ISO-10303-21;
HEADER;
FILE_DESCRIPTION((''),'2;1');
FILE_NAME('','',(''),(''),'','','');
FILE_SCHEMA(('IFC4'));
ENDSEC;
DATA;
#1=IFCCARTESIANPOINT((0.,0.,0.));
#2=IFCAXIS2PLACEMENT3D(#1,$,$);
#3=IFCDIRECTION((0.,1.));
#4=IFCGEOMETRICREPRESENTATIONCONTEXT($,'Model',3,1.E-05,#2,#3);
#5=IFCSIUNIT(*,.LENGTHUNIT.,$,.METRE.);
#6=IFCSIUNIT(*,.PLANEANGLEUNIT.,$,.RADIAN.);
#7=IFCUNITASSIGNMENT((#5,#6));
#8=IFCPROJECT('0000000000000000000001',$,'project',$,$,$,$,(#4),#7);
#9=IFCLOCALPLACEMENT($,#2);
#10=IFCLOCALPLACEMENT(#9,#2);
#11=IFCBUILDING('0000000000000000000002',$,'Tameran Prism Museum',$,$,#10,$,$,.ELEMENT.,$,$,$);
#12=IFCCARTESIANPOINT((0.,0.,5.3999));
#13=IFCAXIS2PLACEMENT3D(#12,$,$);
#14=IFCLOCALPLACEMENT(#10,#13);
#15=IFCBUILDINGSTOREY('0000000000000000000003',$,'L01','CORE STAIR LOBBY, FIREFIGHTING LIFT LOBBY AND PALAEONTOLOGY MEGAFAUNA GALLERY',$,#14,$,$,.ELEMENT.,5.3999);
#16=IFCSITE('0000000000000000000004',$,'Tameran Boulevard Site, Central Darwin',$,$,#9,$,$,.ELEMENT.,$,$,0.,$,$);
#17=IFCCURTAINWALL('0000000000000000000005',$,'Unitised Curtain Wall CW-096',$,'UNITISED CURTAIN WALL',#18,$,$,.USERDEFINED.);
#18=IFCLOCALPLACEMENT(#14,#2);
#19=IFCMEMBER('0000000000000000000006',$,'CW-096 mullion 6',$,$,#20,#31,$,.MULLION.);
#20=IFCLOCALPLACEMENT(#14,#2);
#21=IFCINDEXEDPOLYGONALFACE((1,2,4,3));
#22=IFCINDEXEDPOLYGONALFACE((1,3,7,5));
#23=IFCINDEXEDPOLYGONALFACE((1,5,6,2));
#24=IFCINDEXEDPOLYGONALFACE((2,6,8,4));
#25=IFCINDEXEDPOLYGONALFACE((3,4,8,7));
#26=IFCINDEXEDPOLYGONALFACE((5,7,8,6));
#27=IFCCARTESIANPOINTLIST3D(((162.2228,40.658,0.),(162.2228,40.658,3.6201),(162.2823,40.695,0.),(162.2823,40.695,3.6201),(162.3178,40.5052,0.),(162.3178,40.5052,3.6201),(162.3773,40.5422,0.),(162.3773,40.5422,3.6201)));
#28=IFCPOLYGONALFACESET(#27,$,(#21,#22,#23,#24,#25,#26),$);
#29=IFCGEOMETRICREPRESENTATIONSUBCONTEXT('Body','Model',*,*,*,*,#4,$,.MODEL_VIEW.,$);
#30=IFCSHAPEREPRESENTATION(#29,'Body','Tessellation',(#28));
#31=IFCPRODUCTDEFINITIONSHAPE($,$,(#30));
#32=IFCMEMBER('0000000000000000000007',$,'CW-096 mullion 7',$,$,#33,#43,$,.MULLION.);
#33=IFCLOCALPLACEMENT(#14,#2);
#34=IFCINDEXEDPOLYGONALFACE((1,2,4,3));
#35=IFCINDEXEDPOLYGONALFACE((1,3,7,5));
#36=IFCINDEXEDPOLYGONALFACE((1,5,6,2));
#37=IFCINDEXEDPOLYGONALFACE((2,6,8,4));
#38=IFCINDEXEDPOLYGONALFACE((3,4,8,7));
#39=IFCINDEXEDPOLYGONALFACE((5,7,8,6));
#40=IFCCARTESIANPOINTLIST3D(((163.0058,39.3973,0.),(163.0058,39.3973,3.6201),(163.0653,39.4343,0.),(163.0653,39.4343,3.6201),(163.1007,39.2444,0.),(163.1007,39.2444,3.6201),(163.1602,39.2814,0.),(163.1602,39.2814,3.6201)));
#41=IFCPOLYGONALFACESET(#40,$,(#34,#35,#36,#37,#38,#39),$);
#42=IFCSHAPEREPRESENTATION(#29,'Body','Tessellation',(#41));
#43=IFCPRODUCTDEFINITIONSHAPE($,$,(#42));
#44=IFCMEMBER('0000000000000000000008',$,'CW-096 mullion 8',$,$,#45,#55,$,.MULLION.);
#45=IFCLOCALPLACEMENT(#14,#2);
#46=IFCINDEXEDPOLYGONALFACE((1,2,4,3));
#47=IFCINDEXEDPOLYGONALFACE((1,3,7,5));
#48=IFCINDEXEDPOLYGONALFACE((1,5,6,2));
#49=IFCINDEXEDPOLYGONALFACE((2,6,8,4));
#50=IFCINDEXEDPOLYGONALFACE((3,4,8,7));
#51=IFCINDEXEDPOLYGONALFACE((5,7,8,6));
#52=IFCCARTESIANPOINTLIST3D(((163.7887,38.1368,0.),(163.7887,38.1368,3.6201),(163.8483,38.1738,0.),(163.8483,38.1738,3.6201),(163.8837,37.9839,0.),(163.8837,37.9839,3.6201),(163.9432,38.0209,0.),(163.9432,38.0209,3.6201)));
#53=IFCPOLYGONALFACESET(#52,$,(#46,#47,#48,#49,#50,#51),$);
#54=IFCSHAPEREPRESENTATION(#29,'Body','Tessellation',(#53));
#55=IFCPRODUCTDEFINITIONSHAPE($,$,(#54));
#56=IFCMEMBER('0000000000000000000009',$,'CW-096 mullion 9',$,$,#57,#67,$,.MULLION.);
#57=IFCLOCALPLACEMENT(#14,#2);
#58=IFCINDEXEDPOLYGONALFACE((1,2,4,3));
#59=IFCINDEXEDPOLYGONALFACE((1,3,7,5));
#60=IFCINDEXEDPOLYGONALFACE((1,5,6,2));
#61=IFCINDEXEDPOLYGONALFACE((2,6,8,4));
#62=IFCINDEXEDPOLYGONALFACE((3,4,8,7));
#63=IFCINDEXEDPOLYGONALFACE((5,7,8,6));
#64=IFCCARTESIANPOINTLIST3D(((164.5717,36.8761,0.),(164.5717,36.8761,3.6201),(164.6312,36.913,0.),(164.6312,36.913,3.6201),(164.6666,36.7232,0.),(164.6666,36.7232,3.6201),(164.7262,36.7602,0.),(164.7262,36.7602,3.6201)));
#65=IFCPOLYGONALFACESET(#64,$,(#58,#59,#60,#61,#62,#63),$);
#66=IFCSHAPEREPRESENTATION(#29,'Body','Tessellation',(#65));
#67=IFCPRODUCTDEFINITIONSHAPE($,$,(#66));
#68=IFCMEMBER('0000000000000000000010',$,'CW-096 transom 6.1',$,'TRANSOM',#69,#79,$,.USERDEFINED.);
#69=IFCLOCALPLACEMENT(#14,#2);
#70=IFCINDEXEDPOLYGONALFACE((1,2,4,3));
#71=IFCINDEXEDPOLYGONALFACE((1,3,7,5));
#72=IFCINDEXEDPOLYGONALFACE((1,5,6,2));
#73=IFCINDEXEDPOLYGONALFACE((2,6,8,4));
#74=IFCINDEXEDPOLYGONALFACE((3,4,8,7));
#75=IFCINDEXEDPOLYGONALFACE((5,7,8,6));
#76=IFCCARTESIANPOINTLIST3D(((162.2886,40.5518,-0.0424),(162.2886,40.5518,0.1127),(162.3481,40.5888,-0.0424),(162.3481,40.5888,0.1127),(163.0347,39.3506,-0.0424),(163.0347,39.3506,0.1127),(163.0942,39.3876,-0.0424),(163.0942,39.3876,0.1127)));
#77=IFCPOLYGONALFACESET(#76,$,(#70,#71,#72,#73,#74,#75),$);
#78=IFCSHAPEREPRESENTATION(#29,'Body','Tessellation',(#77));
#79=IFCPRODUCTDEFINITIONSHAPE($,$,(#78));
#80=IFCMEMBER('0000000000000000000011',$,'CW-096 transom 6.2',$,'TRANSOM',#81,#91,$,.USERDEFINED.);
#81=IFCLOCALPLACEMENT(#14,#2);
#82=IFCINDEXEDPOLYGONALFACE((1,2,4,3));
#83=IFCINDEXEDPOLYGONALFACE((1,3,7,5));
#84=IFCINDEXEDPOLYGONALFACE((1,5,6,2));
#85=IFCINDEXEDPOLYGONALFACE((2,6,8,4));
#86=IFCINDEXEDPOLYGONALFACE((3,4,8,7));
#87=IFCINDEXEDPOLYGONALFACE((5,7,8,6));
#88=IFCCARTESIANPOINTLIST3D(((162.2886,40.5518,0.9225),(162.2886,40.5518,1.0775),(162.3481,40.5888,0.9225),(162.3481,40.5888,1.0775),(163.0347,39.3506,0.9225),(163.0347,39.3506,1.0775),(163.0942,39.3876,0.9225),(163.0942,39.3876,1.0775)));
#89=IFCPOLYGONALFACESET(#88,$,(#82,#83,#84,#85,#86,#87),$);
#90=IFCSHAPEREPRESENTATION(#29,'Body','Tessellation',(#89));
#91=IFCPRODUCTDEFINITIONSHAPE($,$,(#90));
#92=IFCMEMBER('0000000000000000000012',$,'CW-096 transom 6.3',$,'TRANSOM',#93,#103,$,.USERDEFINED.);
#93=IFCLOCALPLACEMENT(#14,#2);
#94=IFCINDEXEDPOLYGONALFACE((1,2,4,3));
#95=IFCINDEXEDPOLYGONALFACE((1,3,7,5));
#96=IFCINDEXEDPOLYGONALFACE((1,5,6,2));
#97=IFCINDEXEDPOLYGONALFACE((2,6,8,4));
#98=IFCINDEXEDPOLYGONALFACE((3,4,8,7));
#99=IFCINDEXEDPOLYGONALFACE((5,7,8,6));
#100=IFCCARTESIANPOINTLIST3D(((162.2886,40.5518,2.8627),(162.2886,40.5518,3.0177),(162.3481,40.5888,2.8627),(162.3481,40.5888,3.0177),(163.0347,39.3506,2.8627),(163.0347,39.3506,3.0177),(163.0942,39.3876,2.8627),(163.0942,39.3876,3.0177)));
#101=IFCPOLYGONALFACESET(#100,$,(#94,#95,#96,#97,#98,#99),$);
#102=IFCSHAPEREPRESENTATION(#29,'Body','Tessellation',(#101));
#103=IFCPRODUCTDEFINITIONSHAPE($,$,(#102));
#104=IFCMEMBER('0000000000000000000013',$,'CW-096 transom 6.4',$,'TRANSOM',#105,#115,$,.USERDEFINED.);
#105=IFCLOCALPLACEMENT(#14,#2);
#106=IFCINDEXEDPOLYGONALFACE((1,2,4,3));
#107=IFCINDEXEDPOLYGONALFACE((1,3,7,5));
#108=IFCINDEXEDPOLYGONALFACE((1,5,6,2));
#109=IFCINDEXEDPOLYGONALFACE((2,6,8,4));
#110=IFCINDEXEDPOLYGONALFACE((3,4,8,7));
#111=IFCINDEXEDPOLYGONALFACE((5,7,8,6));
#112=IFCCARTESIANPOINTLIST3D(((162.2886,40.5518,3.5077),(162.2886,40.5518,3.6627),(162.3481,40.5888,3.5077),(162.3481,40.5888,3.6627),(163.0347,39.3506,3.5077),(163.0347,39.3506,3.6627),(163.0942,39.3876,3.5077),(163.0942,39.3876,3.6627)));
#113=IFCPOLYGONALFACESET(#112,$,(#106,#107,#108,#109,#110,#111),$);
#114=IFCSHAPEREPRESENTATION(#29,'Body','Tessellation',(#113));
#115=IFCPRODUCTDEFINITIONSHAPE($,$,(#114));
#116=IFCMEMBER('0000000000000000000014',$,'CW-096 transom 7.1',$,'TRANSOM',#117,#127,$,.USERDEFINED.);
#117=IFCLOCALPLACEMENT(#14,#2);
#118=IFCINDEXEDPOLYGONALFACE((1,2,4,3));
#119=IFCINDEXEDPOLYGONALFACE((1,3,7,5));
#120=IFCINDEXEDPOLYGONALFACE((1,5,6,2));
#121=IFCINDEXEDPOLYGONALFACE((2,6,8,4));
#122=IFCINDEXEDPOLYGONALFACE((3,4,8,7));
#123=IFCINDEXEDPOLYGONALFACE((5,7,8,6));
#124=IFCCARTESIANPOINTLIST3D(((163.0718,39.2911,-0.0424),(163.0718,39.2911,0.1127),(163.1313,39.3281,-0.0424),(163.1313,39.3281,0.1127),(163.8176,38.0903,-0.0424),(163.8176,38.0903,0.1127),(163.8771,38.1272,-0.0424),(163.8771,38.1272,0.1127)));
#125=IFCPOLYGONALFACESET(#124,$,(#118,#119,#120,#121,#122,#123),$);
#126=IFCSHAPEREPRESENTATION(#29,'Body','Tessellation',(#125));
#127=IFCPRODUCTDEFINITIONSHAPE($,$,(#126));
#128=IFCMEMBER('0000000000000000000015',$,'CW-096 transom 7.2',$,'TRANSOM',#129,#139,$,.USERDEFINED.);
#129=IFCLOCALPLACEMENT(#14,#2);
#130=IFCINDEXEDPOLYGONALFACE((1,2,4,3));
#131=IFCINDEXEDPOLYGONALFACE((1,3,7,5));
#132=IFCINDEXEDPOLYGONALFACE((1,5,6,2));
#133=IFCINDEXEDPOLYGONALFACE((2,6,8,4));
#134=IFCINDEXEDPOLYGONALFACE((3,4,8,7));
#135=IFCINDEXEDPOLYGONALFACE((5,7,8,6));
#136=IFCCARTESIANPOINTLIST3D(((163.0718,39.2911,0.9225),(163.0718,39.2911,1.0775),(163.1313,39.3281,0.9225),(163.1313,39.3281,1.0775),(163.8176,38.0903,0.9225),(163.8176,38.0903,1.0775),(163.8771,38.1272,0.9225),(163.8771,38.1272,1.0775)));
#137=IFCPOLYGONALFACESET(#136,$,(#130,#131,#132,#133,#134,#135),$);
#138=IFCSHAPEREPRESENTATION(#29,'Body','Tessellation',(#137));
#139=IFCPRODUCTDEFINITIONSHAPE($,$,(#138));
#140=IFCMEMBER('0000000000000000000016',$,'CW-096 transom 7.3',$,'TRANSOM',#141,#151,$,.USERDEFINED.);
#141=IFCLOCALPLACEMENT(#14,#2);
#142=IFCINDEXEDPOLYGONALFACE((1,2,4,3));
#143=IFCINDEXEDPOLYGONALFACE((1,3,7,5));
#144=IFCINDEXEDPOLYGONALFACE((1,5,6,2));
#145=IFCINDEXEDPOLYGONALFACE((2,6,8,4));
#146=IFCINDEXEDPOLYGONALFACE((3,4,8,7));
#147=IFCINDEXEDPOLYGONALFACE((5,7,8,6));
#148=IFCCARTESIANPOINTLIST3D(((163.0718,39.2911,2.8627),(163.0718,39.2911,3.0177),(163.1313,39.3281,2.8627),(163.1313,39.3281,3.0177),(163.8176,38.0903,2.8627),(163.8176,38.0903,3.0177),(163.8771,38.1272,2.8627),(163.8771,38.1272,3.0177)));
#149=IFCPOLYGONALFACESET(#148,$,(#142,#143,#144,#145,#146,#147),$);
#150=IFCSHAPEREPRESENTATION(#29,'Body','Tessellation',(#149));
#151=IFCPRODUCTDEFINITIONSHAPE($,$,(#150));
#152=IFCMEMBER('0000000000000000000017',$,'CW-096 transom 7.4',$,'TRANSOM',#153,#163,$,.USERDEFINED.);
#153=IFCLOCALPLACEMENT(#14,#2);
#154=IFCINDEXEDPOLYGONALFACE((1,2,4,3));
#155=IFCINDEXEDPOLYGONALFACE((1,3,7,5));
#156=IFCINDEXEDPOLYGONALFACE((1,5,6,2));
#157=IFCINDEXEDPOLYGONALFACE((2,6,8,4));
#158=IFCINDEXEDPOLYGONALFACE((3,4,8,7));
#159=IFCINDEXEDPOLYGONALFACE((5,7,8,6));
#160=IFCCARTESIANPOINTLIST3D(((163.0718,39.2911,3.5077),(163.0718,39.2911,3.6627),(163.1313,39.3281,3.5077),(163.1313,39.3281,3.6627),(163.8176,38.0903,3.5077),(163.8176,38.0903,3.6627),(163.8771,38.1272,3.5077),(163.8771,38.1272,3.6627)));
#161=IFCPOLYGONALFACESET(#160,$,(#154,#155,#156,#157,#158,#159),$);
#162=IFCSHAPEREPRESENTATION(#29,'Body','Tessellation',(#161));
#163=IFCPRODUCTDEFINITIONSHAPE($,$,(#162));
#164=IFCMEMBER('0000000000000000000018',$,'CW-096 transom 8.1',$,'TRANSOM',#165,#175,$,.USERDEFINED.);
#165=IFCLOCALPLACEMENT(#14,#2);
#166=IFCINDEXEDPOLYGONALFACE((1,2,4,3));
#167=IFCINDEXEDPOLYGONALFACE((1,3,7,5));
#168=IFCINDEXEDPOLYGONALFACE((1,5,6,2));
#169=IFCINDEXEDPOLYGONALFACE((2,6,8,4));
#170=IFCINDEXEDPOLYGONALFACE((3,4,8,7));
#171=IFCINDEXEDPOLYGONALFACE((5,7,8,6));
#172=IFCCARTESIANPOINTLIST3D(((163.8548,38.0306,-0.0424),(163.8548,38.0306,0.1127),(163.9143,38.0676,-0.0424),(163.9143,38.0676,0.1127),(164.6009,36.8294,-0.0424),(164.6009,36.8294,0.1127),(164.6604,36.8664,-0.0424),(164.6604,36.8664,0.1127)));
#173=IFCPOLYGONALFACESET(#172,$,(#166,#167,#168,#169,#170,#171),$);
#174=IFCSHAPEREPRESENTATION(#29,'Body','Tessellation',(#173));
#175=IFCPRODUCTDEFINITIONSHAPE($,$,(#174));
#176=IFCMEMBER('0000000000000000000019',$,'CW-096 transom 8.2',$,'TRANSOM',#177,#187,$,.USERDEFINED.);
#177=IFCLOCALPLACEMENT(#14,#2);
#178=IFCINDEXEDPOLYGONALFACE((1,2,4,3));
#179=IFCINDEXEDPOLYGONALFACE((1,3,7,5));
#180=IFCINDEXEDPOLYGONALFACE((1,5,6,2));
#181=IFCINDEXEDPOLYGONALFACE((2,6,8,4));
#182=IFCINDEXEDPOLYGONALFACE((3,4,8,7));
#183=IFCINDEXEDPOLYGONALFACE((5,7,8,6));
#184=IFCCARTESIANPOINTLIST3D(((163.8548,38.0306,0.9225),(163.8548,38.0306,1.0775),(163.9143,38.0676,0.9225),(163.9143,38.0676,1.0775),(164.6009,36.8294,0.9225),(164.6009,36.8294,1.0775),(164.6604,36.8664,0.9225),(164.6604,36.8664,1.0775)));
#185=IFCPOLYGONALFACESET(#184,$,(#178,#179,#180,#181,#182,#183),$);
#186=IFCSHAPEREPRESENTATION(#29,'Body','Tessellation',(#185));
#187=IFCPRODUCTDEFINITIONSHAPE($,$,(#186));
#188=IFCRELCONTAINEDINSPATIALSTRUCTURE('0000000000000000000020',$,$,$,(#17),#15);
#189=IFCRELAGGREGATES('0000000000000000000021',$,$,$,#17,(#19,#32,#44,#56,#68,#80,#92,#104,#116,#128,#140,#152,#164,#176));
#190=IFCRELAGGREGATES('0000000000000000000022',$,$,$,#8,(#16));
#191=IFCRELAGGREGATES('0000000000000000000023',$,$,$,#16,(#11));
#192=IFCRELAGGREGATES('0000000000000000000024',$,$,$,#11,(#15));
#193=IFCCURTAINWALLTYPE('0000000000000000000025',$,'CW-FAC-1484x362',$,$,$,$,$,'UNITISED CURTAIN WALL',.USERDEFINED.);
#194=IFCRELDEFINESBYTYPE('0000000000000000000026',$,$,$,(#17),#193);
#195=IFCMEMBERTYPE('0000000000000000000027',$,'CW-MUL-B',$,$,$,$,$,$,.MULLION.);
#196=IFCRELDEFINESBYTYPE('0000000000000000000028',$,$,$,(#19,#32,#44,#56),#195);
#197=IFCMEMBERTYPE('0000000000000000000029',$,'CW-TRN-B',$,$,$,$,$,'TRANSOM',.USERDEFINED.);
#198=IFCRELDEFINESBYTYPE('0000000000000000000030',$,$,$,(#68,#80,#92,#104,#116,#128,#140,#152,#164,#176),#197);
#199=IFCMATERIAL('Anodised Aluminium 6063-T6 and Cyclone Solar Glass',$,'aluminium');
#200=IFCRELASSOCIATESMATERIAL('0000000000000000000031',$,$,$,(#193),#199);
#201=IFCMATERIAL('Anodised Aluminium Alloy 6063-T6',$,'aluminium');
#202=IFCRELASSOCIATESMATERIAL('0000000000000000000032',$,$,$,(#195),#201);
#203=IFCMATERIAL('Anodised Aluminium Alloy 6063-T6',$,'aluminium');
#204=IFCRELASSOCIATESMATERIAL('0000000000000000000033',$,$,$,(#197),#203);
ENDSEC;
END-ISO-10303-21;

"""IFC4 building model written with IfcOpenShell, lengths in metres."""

from ifc_helpers import new_model, si_unit, direction, frame, origin, origin_2d, place, context, subcontext, project, spatial, rectangle, extrude, material, material_profile, profile_set, type_object, element, aggregate, save


model = new_model("IFC4")

# Units and contexts
model_context = context("Model", 3, precision=1e-05, world=origin(), true_north=direction((0.0, 1.0)))
body_context = subcontext(model_context, "Body", "Model", "MODEL_VIEW")
ifc_project = project(units=[si_unit("LENGTHUNIT", "METRE"), si_unit("PLANEANGLEUNIT", "RADIAN")], contexts=[model_context])

# Site, building, storey
site_placement = place(None, origin())
site = spatial("IfcSite", under=ifc_project, at=site_placement, Name="Tameran Boulevard Site, Central Darwin", CompositionType="ELEMENT", RefElevation=0.0)
building_placement = place(site_placement, origin())
building = spatial("IfcBuilding", under=site, at=building_placement, Name="Tameran Prism Museum", CompositionType="ELEMENT")
storey_placement = place(building_placement, frame((0.0, 0.0, 5.3999)))
storey = spatial("IfcBuildingStorey", under=building, at=storey_placement, Name="L01", Description="CORE STAIR LOBBY, FIREFIGHTING LIFT LOBBY AND PALAEONTOLOGY MEGAFAUNA GALLERY", CompositionType="ELEMENT", Elevation=5.3999)

# Curtain wall, members
ifc_material_1 = material(Name="Anodised Aluminium 6063-T6 and Cyclone Solar Glass", Category="aluminium")
curtain_wall_type = type_object("IfcCurtainWallType", Name="CW-FAC-1484x362", ElementType="UNITISED CURTAIN WALL", PredefinedType="USERDEFINED", material=ifc_material_1)
curtain_wall_placement = place(storey_placement, origin())
curtain_wall = element("IfcCurtainWall", 1, at=curtain_wall_placement, inside=storey, type_object=curtain_wall_type, Name="Unitised Curtain Wall CW-096", ObjectType="UNITISED CURTAIN WALL", PredefinedType="USERDEFINED")
ifc_material_2 = material(Name="Anodised Aluminium Alloy 6063-T6", Category="aluminium")
ifc_material_profile_1 = material_profile(ifc_material_2, rectangle(XDim=0.0701, YDim=0.1799, at=origin_2d()))
ifc_profile_set_1 = profile_set([ifc_material_profile_1])
member_type_1 = type_object("IfcMemberType", Name="CW-MUL-B", PredefinedType="MULLION", material=ifc_profile_set_1)
member_1_placement = place(storey_placement, frame((162.3, 40.6001, 0.0), z_axis=(0.0, 0.0, 1.0), x_axis=(0.849471, 0.527635, 0.0)))
member_1 = element("IfcMember", 2, at=member_1_placement, type_object=member_type_1, Name="CW-096 mullion 6", PredefinedType="MULLION", context=body_context, shape_type="SweptSolid", body=[
    extrude(rectangle(XDim=0.0701, YDim=0.1799, at=origin_2d()), origin(), (0.0, 0.0, 1.0), 3.6201),
])
member_2_placement = place(storey_placement, frame((163.083, 39.3394, 0.0), z_axis=(0.0, 0.0, 1.0), x_axis=(0.849471, 0.527635, 0.0)))
member_2 = element("IfcMember", 3, at=member_2_placement, type_object=member_type_1, Name="CW-096 mullion 7", PredefinedType="MULLION", context=body_context, shape_type="SweptSolid", body=[
    extrude(rectangle(XDim=0.0701, YDim=0.1799, at=origin_2d()), origin(), (0.0, 0.0, 1.0), 3.6201),
])
member_3_placement = place(storey_placement, frame((163.866, 38.0789, 0.0), z_axis=(0.0, 0.0, 1.0), x_axis=(0.849471, 0.527635, 0.0)))
member_3 = element("IfcMember", 4, at=member_3_placement, type_object=member_type_1, Name="CW-096 mullion 8", PredefinedType="MULLION", context=body_context, shape_type="SweptSolid", body=[
    extrude(rectangle(XDim=0.0701, YDim=0.1799, at=origin_2d()), origin(), (0.0, 0.0, 1.0), 3.6201),
])
member_4_placement = place(storey_placement, frame((164.6489, 36.8181, 0.0), z_axis=(0.0, 0.0, 1.0), x_axis=(0.849471, 0.527635, 0.0)))
member_4 = element("IfcMember", 5, at=member_4_placement, type_object=member_type_1, Name="CW-096 mullion 9", PredefinedType="MULLION", context=body_context, shape_type="SweptSolid", body=[
    extrude(rectangle(XDim=0.0701, YDim=0.1799, at=origin_2d()), origin(), (0.0, 0.0, 1.0), 3.6201),
])
ifc_material_3 = material(Name="Anodised Aluminium Alloy 6063-T6", Category="aluminium")
ifc_material_profile_2 = material_profile(ifc_material_3, rectangle(XDim=0.0701, YDim=0.155, at=origin_2d()))
ifc_profile_set_2 = profile_set([ifc_material_profile_2])
member_type_2 = type_object("IfcMemberType", Name="CW-TRN-B", ElementType="TRANSOM", PredefinedType="USERDEFINED", material=ifc_profile_set_2)
member_5_placement = place(storey_placement, frame((162.3184, 40.5703, 0.0352), z_axis=(0.527638, -0.849469, 0.0), x_axis=(0.849469, 0.527638, 0.0)))
member_5 = element("IfcMember", 6, at=member_5_placement, type_object=member_type_2, Name="CW-096 transom 6.1", ObjectType="TRANSOM", PredefinedType="USERDEFINED", context=body_context, shape_type="SweptSolid", body=[
    extrude(rectangle(XDim=0.0701, YDim=0.155, at=origin_2d()), origin(), (0.0, 0.0, 1.0), 1.4141),
])
member_6_placement = place(storey_placement, frame((162.3184, 40.5703, 1.0), z_axis=(0.527638, -0.849469, 0.0), x_axis=(0.849469, 0.527638, 0.0)))
member_6 = element("IfcMember", 7, at=member_6_placement, type_object=member_type_2, Name="CW-096 transom 6.2", ObjectType="TRANSOM", PredefinedType="USERDEFINED", context=body_context, shape_type="SweptSolid", body=[
    extrude(rectangle(XDim=0.0701, YDim=0.155, at=origin_2d()), origin(), (0.0, 0.0, 1.0), 1.4141),
])
member_7_placement = place(storey_placement, frame((162.3184, 40.5703, 2.9402), z_axis=(0.527638, -0.849469, 0.0), x_axis=(0.849469, 0.527638, 0.0)))
member_7 = element("IfcMember", 8, at=member_7_placement, type_object=member_type_2, Name="CW-096 transom 6.3", ObjectType="TRANSOM", PredefinedType="USERDEFINED", context=body_context, shape_type="SweptSolid", body=[
    extrude(rectangle(XDim=0.0701, YDim=0.155, at=origin_2d()), origin(), (0.0, 0.0, 1.0), 1.4141),
])
member_8_placement = place(storey_placement, frame((162.3184, 40.5703, 3.5852), z_axis=(0.527638, -0.849469, 0.0), x_axis=(0.849469, 0.527638, 0.0)))
member_8 = element("IfcMember", 9, at=member_8_placement, type_object=member_type_2, Name="CW-096 transom 6.4", ObjectType="TRANSOM", PredefinedType="USERDEFINED", context=body_context, shape_type="SweptSolid", body=[
    extrude(rectangle(XDim=0.0701, YDim=0.155, at=origin_2d()), origin(), (0.0, 0.0, 1.0), 1.4141),
])
member_9_placement = place(storey_placement, frame((163.1016, 39.3096, 0.0352), z_axis=(0.527591, -0.849499, 0.0), x_axis=(0.849499, 0.527591, 0.0)))
member_9 = element("IfcMember", 10, at=member_9_placement, type_object=member_type_2, Name="CW-096 transom 7.1", ObjectType="TRANSOM", PredefinedType="USERDEFINED", context=body_context, shape_type="SweptSolid", body=[
    extrude(rectangle(XDim=0.0701, YDim=0.155, at=origin_2d()), origin(), (0.0, 0.0, 1.0), 1.4136),
])
member_10_placement = place(storey_placement, frame((163.1016, 39.3096, 1.0), z_axis=(0.527591, -0.849499, 0.0), x_axis=(0.849499, 0.527591, 0.0)))
member_10 = element("IfcMember", 11, at=member_10_placement, type_object=member_type_2, Name="CW-096 transom 7.2", ObjectType="TRANSOM", PredefinedType="USERDEFINED", context=body_context, shape_type="SweptSolid", body=[
    extrude(rectangle(XDim=0.0701, YDim=0.155, at=origin_2d()), origin(), (0.0, 0.0, 1.0), 1.4136),
])
member_11_placement = place(storey_placement, frame((163.1016, 39.3096, 2.9402), z_axis=(0.527591, -0.849499, 0.0), x_axis=(0.849499, 0.527591, 0.0)))
member_11 = element("IfcMember", 12, at=member_11_placement, type_object=member_type_2, Name="CW-096 transom 7.3", ObjectType="TRANSOM", PredefinedType="USERDEFINED", context=body_context, shape_type="SweptSolid", body=[
    extrude(rectangle(XDim=0.0701, YDim=0.155, at=origin_2d()), origin(), (0.0, 0.0, 1.0), 1.4136),
])
member_12_placement = place(storey_placement, frame((163.1016, 39.3096, 3.5852), z_axis=(0.527591, -0.849499, 0.0), x_axis=(0.849499, 0.527591, 0.0)))
member_12 = element("IfcMember", 13, at=member_12_placement, type_object=member_type_2, Name="CW-096 transom 7.4", ObjectType="TRANSOM", PredefinedType="USERDEFINED", context=body_context, shape_type="SweptSolid", body=[
    extrude(rectangle(XDim=0.0701, YDim=0.155, at=origin_2d()), origin(), (0.0, 0.0, 1.0), 1.4136),
])
member_13_placement = place(storey_placement, frame((163.8845, 38.0491, 0.0352), z_axis=(0.527638, -0.849469, 0.0), x_axis=(0.849469, 0.527638, 0.0)))
member_13 = element("IfcMember", 14, at=member_13_placement, type_object=member_type_2, Name="CW-096 transom 8.1", ObjectType="TRANSOM", PredefinedType="USERDEFINED", context=body_context, shape_type="SweptSolid", body=[
    extrude(rectangle(XDim=0.0701, YDim=0.155, at=origin_2d()), origin(), (0.0, 0.0, 1.0), 1.4141),
])
member_14_placement = place(storey_placement, frame((163.8845, 38.0491, 1.0), z_axis=(0.527638, -0.849469, 0.0), x_axis=(0.849469, 0.527638, 0.0)))
member_14 = element("IfcMember", 15, at=member_14_placement, type_object=member_type_2, Name="CW-096 transom 8.2", ObjectType="TRANSOM", PredefinedType="USERDEFINED", context=body_context, shape_type="SweptSolid", body=[
    extrude(rectangle(XDim=0.0701, YDim=0.155, at=origin_2d()), origin(), (0.0, 0.0, 1.0), 1.4141),
])
aggregate(curtain_wall, [member_1, member_2, member_3, member_4, member_5, member_6, member_7, member_8, member_9, member_10, member_11, member_12, member_13, member_14])

save(model, "model.ifc")
